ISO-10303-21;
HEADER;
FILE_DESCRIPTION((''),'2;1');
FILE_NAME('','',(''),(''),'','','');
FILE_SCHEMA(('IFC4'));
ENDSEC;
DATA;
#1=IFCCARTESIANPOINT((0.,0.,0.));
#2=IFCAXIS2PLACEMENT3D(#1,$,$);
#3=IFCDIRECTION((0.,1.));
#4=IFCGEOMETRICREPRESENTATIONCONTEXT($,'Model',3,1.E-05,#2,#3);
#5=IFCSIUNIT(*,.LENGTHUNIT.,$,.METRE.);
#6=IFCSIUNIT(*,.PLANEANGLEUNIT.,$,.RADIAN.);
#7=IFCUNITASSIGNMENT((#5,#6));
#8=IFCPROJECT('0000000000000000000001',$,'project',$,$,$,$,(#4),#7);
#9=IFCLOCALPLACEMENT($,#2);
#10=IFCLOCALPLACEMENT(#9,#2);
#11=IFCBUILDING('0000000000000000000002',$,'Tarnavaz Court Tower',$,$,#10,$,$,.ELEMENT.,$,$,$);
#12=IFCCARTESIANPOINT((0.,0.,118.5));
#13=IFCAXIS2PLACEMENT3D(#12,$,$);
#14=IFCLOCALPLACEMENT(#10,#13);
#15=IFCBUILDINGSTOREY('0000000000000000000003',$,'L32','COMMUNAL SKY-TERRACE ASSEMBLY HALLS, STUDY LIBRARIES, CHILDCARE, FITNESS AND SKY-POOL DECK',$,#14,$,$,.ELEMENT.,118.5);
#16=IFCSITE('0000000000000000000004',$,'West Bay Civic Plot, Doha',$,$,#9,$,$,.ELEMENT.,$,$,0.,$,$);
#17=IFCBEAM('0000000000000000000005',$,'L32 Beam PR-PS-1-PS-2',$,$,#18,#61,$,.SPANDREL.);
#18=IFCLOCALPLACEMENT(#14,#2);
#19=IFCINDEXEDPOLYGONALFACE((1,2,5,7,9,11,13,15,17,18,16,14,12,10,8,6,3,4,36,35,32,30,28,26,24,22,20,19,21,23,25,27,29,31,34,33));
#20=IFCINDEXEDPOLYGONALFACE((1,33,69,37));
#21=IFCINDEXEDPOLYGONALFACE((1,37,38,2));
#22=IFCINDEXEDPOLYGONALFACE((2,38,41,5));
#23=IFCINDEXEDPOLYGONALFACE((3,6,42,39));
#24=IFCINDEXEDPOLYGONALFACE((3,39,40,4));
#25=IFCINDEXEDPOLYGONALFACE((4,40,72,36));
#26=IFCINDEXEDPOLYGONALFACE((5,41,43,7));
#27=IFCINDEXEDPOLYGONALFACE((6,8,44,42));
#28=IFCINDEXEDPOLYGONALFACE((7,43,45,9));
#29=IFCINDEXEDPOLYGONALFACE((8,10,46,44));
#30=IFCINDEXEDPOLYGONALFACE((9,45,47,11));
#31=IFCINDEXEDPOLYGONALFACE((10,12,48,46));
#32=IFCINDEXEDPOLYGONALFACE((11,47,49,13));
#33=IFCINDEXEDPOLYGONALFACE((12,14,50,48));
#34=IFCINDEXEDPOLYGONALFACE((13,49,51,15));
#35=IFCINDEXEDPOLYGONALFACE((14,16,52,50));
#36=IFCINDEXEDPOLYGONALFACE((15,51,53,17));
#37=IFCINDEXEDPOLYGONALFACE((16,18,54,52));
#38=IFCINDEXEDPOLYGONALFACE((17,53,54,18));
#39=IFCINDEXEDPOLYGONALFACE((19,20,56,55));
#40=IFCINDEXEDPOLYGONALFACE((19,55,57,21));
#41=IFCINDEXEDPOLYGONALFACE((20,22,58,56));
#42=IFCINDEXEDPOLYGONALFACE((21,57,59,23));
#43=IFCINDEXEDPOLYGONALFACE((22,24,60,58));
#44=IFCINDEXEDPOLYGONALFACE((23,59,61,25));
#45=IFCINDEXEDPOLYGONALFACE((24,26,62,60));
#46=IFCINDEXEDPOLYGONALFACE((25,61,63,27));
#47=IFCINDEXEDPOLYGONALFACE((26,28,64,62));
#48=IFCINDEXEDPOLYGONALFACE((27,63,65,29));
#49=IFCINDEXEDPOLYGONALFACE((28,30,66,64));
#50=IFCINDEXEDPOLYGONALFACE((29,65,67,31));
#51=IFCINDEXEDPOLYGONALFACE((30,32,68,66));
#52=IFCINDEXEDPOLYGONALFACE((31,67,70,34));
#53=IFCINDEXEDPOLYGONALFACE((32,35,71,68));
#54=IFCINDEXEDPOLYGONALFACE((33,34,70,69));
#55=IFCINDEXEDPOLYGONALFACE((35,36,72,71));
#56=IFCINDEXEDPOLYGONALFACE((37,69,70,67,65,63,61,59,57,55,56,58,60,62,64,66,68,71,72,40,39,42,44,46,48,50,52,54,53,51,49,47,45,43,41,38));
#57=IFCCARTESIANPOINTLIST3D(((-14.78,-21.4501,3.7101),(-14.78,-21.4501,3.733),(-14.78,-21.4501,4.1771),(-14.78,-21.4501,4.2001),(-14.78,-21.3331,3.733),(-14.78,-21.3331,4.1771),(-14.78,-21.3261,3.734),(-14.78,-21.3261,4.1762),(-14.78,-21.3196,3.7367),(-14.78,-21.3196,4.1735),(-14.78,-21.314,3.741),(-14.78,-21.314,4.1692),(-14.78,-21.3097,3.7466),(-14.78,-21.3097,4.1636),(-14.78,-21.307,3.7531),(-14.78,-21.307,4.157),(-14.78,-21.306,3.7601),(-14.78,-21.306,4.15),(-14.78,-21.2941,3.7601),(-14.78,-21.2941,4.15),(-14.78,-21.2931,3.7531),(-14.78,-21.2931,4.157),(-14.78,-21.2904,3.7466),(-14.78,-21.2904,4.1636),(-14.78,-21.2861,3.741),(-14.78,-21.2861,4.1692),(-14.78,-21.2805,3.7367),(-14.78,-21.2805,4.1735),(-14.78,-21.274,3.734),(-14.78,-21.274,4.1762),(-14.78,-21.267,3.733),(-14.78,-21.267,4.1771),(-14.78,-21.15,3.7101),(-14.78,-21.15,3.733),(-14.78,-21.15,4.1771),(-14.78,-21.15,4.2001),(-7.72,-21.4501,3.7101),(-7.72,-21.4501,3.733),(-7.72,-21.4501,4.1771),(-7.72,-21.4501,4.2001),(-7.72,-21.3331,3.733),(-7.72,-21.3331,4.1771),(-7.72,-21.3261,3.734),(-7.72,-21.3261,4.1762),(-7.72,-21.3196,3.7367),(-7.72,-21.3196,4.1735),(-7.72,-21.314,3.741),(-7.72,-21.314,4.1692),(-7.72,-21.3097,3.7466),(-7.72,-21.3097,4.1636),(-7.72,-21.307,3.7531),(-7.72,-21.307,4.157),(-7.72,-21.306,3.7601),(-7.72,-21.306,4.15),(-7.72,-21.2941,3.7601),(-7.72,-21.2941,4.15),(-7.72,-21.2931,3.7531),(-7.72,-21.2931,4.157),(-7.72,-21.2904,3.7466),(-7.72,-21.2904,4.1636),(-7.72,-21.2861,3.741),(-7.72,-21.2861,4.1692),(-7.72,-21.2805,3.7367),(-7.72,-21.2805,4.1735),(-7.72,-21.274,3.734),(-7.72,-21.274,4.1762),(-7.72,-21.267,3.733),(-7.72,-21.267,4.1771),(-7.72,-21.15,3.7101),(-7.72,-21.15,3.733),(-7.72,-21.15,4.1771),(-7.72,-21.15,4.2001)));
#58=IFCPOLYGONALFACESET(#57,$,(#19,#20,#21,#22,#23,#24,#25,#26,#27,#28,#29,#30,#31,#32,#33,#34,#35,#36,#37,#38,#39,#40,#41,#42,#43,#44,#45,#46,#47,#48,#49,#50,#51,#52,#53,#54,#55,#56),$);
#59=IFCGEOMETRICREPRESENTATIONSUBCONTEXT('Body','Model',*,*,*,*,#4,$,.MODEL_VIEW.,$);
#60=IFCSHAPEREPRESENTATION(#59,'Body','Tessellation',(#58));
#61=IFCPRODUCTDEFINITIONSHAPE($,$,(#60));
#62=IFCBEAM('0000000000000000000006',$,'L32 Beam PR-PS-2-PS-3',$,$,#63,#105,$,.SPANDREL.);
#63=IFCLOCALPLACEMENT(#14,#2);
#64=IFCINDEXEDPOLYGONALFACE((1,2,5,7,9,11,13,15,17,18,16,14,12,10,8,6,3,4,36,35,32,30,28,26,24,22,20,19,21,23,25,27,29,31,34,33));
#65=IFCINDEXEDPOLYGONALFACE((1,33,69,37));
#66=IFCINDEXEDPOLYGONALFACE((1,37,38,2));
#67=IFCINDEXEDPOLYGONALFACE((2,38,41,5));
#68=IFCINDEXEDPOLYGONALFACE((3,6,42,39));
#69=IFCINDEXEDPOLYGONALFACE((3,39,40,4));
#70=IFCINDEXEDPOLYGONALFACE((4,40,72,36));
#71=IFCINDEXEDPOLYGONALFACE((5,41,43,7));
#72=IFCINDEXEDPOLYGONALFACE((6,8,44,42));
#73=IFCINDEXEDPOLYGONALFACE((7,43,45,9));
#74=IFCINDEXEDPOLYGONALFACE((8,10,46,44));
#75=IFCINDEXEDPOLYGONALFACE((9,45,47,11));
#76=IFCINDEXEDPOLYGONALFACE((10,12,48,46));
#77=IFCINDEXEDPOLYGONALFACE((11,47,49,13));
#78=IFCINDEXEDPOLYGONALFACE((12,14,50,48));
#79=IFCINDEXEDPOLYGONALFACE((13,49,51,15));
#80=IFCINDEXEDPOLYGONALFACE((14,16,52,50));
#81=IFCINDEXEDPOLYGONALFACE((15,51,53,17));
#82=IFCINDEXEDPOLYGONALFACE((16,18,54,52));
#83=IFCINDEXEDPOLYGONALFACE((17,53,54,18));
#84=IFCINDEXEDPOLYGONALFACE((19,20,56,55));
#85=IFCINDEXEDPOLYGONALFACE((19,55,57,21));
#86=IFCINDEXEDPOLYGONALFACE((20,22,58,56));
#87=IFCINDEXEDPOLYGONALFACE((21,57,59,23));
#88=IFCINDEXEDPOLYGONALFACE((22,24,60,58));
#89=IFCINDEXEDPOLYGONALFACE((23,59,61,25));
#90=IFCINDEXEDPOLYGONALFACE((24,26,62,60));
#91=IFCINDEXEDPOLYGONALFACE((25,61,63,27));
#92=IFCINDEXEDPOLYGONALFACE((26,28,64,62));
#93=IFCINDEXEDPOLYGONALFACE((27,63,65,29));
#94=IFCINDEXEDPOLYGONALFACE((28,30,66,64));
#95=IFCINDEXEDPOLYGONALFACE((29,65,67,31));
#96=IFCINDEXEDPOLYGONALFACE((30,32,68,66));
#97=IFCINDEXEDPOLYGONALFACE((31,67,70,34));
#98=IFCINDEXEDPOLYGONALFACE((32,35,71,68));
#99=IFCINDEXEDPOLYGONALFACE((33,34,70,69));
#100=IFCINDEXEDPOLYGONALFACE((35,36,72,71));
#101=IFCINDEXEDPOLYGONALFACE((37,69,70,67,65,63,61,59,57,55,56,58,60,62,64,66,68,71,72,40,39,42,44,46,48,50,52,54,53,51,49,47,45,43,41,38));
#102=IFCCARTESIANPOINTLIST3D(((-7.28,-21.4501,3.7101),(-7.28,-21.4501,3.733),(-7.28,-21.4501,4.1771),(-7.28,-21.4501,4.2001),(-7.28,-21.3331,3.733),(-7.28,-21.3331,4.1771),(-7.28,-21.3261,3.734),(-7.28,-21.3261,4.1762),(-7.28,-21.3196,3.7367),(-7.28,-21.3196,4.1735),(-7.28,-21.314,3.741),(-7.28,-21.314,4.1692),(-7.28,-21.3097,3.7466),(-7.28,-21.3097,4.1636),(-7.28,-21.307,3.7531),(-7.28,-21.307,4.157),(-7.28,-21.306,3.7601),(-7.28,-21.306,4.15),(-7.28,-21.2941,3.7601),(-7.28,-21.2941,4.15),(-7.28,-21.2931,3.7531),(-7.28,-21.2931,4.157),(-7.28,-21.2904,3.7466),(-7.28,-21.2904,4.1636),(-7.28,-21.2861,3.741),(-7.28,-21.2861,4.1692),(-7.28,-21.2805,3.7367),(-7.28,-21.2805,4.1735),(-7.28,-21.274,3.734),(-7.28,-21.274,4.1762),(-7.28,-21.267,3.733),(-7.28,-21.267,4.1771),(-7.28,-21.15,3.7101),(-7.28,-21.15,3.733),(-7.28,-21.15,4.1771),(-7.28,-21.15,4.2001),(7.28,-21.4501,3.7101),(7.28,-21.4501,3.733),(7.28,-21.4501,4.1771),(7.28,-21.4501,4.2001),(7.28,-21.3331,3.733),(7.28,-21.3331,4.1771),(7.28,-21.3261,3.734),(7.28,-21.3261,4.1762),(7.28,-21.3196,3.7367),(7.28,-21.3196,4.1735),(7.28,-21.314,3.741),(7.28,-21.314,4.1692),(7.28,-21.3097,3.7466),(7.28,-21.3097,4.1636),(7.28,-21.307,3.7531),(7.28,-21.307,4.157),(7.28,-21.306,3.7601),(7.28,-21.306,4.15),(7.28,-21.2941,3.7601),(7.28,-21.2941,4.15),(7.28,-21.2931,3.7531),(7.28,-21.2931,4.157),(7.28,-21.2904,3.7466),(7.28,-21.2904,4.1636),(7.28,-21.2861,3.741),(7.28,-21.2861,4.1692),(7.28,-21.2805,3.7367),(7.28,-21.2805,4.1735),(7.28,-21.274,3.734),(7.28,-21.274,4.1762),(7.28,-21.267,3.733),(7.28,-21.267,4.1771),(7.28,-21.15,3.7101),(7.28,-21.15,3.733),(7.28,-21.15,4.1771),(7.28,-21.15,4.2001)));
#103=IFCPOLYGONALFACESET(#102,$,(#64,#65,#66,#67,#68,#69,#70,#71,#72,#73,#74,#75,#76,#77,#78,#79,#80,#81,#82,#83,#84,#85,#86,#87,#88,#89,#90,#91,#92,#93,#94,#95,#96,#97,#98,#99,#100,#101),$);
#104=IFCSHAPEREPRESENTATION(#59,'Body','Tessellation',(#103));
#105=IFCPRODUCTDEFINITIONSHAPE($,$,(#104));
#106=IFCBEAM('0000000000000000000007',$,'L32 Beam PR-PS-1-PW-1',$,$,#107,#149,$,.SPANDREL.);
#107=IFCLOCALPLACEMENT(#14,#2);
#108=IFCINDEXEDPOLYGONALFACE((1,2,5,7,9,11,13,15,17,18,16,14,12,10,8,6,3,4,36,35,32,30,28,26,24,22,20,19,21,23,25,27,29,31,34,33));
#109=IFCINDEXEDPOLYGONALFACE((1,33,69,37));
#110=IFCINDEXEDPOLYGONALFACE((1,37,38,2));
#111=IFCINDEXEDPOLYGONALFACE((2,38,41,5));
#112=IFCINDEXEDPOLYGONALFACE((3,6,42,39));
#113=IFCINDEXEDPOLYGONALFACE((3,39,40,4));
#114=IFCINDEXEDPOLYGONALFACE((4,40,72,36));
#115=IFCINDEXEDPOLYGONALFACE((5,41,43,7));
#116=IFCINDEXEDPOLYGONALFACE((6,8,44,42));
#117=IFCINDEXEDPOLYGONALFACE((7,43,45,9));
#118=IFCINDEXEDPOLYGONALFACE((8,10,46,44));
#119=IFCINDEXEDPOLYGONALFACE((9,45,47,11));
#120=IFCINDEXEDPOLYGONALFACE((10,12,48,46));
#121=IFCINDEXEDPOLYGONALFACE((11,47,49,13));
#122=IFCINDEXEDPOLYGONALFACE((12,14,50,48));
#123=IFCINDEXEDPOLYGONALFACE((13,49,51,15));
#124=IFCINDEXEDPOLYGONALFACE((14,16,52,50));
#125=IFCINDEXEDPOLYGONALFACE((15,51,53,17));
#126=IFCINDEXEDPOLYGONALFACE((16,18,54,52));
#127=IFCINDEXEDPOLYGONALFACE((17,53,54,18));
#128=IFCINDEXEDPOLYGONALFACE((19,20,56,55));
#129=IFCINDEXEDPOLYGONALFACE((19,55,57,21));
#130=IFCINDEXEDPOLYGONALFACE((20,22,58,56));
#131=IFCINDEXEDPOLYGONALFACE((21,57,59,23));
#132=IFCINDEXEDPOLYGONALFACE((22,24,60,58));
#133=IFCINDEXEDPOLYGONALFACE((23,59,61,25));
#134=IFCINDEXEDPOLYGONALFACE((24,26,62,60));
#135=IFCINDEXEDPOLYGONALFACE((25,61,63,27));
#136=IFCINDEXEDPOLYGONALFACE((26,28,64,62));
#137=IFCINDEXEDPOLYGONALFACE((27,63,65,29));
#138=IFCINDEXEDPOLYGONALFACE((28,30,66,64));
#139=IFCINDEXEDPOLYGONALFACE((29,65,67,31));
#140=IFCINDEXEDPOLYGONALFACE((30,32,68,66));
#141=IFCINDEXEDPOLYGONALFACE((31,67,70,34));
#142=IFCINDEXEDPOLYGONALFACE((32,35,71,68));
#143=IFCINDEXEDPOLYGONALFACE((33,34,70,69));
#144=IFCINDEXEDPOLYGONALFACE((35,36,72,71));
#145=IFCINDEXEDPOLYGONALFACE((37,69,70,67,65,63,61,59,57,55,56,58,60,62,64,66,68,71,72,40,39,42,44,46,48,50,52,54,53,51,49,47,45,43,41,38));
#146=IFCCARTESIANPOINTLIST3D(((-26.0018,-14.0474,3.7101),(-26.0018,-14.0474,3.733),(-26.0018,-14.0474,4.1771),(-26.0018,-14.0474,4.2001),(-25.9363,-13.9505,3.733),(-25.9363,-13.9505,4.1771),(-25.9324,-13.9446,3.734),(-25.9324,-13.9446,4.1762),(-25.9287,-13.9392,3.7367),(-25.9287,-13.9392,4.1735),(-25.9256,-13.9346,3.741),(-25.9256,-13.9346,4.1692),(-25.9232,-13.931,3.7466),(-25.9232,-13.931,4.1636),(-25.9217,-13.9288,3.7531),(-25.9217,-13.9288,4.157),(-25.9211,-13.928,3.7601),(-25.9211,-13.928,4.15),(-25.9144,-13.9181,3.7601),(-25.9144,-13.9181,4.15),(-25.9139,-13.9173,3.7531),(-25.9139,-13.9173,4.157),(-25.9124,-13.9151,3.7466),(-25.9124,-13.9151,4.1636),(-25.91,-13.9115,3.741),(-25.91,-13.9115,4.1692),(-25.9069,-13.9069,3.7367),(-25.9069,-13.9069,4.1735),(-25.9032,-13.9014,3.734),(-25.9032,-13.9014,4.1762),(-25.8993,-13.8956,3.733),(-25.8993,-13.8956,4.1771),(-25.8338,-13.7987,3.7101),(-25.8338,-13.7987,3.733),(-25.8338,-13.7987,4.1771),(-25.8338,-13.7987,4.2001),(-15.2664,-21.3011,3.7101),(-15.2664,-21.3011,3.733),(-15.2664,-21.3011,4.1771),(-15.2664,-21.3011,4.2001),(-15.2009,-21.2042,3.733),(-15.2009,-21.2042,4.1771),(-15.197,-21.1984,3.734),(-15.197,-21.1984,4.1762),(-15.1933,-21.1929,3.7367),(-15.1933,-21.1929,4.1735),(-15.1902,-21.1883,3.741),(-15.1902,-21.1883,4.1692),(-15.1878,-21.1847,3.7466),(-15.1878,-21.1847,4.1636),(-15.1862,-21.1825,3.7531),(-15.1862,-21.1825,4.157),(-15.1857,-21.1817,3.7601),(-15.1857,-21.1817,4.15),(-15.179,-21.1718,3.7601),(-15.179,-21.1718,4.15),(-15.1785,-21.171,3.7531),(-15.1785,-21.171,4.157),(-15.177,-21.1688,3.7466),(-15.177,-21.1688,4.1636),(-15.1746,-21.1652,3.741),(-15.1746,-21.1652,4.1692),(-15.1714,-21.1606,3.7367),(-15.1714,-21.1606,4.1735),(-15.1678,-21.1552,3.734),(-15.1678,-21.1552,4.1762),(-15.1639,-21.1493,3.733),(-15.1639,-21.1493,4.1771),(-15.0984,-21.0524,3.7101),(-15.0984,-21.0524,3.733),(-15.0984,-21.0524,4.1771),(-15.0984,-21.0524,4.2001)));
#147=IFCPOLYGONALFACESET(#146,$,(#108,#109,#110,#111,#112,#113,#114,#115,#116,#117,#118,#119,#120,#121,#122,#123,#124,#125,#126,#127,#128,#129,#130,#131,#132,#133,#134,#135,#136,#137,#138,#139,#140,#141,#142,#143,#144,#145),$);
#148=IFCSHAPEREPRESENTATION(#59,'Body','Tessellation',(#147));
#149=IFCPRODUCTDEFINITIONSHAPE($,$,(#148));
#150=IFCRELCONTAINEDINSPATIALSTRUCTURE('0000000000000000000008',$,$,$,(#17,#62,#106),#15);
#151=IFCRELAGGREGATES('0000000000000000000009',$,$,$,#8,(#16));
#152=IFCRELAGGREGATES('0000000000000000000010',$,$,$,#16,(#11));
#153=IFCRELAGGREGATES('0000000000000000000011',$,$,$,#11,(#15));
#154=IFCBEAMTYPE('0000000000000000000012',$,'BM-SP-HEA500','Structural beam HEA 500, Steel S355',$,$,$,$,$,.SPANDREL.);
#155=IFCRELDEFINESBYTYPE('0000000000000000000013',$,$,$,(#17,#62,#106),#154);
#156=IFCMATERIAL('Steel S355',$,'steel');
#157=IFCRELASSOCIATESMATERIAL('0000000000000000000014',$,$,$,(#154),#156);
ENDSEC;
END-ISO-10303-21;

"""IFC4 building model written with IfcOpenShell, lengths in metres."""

from ifc_helpers import new_model, si_unit, direction, frame, origin, origin_2d, place, context, subcontext, project, spatial, i_section, extrude, material, material_profile, profile_set, type_object, element, save


model = new_model("IFC4")

# Units and contexts
model_context = context("Model", 3, precision=1e-05, world=origin(), true_north=direction((0.0, 1.0)))
body_context = subcontext(model_context, "Body", "Model", "MODEL_VIEW")
ifc_project = project(units=[si_unit("LENGTHUNIT", "METRE"), si_unit("PLANEANGLEUNIT", "RADIAN")], contexts=[model_context])

# Site, building, storey
site_placement = place(None, origin())
site = spatial("IfcSite", under=ifc_project, at=site_placement, Name="West Bay Civic Plot, Doha", CompositionType="ELEMENT", RefElevation=0.0)
building_placement = place(site_placement, origin())
building = spatial("IfcBuilding", under=site, at=building_placement, Name="Tarnavaz Court Tower", CompositionType="ELEMENT")
storey_placement = place(building_placement, frame((0.0, 0.0, 118.5)))
storey = spatial("IfcBuildingStorey", under=building, at=storey_placement, Name="L32", Description="COMMUNAL SKY-TERRACE ASSEMBLY HALLS, STUDY LIBRARIES, CHILDCARE, FITNESS AND SKY-POOL DECK", CompositionType="ELEMENT", Elevation=118.5)

# Beams
ifc_material_1 = material(Name="Steel S355", Category="steel")
ifc_material_profile_1 = material_profile(ifc_material_1, i_section(OverallWidth=0.3, OverallDepth=0.49, WebThickness=0.012, FlangeThickness=0.0229, FilletRadius=0.0271, at=origin_2d()), Name="HEA 500")
ifc_profile_set_1 = profile_set([ifc_material_profile_1], Name="Steel S355")
beam_type_1 = type_object("IfcBeamType", Name="BM-SP-HEA500", Description="Structural beam HEA 500, Steel S355", PredefinedType="SPANDREL", material=ifc_profile_set_1)
beam_1_placement = place(storey_placement, frame((-14.78, -21.3, 3.9551), z_axis=(1.0, 0.0, 0.0), x_axis=(0.0, 1.0, 0.0)))
element("IfcBeam", 1, at=beam_1_placement, inside=storey, type_object=beam_type_1, Name="L32 Beam PR-PS-1-PS-2", PredefinedType="SPANDREL", context=body_context, shape_type="SweptSolid", body=[
    extrude(i_section(OverallWidth=0.3, OverallDepth=0.49, WebThickness=0.012, FlangeThickness=0.0229, FilletRadius=0.0271, at=origin_2d()), origin(), (0.0, 0.0, 1.0), 7.0601),
])
beam_2_placement = place(storey_placement, frame((-7.28, -21.3, 3.9551), z_axis=(1.0, 0.0, 0.0), x_axis=(0.0, 1.0, 0.0)))
element("IfcBeam", 2, at=beam_2_placement, inside=storey, type_object=beam_type_1, Name="L32 Beam PR-PS-2-PS-3", PredefinedType="SPANDREL", context=body_context, shape_type="SweptSolid", body=[
    extrude(i_section(OverallWidth=0.3, OverallDepth=0.49, WebThickness=0.012, FlangeThickness=0.0229, FilletRadius=0.0271, at=origin_2d()), origin(), (0.0, 0.0, 1.0), 14.5601),
])
beam_3_placement = place(storey_placement, frame((-15.1824, -21.1768, 3.9551), z_axis=(-0.828587, 0.55986, 0.0), x_axis=(-0.55986, -0.828587, 0.0)))
element("IfcBeam", 3, at=beam_3_placement, inside=storey, type_object=beam_type_1, Name="L32 Beam PR-PS-1-PW-1", PredefinedType="SPANDREL", context=body_context, shape_type="SweptSolid", body=[
    extrude(i_section(OverallWidth=0.3, OverallDepth=0.49, WebThickness=0.012, FlangeThickness=0.0229, FilletRadius=0.0271, at=origin_2d()), origin(), (0.0, 0.0, 1.0), 12.9563),
])

save(model, "model.ifc")
